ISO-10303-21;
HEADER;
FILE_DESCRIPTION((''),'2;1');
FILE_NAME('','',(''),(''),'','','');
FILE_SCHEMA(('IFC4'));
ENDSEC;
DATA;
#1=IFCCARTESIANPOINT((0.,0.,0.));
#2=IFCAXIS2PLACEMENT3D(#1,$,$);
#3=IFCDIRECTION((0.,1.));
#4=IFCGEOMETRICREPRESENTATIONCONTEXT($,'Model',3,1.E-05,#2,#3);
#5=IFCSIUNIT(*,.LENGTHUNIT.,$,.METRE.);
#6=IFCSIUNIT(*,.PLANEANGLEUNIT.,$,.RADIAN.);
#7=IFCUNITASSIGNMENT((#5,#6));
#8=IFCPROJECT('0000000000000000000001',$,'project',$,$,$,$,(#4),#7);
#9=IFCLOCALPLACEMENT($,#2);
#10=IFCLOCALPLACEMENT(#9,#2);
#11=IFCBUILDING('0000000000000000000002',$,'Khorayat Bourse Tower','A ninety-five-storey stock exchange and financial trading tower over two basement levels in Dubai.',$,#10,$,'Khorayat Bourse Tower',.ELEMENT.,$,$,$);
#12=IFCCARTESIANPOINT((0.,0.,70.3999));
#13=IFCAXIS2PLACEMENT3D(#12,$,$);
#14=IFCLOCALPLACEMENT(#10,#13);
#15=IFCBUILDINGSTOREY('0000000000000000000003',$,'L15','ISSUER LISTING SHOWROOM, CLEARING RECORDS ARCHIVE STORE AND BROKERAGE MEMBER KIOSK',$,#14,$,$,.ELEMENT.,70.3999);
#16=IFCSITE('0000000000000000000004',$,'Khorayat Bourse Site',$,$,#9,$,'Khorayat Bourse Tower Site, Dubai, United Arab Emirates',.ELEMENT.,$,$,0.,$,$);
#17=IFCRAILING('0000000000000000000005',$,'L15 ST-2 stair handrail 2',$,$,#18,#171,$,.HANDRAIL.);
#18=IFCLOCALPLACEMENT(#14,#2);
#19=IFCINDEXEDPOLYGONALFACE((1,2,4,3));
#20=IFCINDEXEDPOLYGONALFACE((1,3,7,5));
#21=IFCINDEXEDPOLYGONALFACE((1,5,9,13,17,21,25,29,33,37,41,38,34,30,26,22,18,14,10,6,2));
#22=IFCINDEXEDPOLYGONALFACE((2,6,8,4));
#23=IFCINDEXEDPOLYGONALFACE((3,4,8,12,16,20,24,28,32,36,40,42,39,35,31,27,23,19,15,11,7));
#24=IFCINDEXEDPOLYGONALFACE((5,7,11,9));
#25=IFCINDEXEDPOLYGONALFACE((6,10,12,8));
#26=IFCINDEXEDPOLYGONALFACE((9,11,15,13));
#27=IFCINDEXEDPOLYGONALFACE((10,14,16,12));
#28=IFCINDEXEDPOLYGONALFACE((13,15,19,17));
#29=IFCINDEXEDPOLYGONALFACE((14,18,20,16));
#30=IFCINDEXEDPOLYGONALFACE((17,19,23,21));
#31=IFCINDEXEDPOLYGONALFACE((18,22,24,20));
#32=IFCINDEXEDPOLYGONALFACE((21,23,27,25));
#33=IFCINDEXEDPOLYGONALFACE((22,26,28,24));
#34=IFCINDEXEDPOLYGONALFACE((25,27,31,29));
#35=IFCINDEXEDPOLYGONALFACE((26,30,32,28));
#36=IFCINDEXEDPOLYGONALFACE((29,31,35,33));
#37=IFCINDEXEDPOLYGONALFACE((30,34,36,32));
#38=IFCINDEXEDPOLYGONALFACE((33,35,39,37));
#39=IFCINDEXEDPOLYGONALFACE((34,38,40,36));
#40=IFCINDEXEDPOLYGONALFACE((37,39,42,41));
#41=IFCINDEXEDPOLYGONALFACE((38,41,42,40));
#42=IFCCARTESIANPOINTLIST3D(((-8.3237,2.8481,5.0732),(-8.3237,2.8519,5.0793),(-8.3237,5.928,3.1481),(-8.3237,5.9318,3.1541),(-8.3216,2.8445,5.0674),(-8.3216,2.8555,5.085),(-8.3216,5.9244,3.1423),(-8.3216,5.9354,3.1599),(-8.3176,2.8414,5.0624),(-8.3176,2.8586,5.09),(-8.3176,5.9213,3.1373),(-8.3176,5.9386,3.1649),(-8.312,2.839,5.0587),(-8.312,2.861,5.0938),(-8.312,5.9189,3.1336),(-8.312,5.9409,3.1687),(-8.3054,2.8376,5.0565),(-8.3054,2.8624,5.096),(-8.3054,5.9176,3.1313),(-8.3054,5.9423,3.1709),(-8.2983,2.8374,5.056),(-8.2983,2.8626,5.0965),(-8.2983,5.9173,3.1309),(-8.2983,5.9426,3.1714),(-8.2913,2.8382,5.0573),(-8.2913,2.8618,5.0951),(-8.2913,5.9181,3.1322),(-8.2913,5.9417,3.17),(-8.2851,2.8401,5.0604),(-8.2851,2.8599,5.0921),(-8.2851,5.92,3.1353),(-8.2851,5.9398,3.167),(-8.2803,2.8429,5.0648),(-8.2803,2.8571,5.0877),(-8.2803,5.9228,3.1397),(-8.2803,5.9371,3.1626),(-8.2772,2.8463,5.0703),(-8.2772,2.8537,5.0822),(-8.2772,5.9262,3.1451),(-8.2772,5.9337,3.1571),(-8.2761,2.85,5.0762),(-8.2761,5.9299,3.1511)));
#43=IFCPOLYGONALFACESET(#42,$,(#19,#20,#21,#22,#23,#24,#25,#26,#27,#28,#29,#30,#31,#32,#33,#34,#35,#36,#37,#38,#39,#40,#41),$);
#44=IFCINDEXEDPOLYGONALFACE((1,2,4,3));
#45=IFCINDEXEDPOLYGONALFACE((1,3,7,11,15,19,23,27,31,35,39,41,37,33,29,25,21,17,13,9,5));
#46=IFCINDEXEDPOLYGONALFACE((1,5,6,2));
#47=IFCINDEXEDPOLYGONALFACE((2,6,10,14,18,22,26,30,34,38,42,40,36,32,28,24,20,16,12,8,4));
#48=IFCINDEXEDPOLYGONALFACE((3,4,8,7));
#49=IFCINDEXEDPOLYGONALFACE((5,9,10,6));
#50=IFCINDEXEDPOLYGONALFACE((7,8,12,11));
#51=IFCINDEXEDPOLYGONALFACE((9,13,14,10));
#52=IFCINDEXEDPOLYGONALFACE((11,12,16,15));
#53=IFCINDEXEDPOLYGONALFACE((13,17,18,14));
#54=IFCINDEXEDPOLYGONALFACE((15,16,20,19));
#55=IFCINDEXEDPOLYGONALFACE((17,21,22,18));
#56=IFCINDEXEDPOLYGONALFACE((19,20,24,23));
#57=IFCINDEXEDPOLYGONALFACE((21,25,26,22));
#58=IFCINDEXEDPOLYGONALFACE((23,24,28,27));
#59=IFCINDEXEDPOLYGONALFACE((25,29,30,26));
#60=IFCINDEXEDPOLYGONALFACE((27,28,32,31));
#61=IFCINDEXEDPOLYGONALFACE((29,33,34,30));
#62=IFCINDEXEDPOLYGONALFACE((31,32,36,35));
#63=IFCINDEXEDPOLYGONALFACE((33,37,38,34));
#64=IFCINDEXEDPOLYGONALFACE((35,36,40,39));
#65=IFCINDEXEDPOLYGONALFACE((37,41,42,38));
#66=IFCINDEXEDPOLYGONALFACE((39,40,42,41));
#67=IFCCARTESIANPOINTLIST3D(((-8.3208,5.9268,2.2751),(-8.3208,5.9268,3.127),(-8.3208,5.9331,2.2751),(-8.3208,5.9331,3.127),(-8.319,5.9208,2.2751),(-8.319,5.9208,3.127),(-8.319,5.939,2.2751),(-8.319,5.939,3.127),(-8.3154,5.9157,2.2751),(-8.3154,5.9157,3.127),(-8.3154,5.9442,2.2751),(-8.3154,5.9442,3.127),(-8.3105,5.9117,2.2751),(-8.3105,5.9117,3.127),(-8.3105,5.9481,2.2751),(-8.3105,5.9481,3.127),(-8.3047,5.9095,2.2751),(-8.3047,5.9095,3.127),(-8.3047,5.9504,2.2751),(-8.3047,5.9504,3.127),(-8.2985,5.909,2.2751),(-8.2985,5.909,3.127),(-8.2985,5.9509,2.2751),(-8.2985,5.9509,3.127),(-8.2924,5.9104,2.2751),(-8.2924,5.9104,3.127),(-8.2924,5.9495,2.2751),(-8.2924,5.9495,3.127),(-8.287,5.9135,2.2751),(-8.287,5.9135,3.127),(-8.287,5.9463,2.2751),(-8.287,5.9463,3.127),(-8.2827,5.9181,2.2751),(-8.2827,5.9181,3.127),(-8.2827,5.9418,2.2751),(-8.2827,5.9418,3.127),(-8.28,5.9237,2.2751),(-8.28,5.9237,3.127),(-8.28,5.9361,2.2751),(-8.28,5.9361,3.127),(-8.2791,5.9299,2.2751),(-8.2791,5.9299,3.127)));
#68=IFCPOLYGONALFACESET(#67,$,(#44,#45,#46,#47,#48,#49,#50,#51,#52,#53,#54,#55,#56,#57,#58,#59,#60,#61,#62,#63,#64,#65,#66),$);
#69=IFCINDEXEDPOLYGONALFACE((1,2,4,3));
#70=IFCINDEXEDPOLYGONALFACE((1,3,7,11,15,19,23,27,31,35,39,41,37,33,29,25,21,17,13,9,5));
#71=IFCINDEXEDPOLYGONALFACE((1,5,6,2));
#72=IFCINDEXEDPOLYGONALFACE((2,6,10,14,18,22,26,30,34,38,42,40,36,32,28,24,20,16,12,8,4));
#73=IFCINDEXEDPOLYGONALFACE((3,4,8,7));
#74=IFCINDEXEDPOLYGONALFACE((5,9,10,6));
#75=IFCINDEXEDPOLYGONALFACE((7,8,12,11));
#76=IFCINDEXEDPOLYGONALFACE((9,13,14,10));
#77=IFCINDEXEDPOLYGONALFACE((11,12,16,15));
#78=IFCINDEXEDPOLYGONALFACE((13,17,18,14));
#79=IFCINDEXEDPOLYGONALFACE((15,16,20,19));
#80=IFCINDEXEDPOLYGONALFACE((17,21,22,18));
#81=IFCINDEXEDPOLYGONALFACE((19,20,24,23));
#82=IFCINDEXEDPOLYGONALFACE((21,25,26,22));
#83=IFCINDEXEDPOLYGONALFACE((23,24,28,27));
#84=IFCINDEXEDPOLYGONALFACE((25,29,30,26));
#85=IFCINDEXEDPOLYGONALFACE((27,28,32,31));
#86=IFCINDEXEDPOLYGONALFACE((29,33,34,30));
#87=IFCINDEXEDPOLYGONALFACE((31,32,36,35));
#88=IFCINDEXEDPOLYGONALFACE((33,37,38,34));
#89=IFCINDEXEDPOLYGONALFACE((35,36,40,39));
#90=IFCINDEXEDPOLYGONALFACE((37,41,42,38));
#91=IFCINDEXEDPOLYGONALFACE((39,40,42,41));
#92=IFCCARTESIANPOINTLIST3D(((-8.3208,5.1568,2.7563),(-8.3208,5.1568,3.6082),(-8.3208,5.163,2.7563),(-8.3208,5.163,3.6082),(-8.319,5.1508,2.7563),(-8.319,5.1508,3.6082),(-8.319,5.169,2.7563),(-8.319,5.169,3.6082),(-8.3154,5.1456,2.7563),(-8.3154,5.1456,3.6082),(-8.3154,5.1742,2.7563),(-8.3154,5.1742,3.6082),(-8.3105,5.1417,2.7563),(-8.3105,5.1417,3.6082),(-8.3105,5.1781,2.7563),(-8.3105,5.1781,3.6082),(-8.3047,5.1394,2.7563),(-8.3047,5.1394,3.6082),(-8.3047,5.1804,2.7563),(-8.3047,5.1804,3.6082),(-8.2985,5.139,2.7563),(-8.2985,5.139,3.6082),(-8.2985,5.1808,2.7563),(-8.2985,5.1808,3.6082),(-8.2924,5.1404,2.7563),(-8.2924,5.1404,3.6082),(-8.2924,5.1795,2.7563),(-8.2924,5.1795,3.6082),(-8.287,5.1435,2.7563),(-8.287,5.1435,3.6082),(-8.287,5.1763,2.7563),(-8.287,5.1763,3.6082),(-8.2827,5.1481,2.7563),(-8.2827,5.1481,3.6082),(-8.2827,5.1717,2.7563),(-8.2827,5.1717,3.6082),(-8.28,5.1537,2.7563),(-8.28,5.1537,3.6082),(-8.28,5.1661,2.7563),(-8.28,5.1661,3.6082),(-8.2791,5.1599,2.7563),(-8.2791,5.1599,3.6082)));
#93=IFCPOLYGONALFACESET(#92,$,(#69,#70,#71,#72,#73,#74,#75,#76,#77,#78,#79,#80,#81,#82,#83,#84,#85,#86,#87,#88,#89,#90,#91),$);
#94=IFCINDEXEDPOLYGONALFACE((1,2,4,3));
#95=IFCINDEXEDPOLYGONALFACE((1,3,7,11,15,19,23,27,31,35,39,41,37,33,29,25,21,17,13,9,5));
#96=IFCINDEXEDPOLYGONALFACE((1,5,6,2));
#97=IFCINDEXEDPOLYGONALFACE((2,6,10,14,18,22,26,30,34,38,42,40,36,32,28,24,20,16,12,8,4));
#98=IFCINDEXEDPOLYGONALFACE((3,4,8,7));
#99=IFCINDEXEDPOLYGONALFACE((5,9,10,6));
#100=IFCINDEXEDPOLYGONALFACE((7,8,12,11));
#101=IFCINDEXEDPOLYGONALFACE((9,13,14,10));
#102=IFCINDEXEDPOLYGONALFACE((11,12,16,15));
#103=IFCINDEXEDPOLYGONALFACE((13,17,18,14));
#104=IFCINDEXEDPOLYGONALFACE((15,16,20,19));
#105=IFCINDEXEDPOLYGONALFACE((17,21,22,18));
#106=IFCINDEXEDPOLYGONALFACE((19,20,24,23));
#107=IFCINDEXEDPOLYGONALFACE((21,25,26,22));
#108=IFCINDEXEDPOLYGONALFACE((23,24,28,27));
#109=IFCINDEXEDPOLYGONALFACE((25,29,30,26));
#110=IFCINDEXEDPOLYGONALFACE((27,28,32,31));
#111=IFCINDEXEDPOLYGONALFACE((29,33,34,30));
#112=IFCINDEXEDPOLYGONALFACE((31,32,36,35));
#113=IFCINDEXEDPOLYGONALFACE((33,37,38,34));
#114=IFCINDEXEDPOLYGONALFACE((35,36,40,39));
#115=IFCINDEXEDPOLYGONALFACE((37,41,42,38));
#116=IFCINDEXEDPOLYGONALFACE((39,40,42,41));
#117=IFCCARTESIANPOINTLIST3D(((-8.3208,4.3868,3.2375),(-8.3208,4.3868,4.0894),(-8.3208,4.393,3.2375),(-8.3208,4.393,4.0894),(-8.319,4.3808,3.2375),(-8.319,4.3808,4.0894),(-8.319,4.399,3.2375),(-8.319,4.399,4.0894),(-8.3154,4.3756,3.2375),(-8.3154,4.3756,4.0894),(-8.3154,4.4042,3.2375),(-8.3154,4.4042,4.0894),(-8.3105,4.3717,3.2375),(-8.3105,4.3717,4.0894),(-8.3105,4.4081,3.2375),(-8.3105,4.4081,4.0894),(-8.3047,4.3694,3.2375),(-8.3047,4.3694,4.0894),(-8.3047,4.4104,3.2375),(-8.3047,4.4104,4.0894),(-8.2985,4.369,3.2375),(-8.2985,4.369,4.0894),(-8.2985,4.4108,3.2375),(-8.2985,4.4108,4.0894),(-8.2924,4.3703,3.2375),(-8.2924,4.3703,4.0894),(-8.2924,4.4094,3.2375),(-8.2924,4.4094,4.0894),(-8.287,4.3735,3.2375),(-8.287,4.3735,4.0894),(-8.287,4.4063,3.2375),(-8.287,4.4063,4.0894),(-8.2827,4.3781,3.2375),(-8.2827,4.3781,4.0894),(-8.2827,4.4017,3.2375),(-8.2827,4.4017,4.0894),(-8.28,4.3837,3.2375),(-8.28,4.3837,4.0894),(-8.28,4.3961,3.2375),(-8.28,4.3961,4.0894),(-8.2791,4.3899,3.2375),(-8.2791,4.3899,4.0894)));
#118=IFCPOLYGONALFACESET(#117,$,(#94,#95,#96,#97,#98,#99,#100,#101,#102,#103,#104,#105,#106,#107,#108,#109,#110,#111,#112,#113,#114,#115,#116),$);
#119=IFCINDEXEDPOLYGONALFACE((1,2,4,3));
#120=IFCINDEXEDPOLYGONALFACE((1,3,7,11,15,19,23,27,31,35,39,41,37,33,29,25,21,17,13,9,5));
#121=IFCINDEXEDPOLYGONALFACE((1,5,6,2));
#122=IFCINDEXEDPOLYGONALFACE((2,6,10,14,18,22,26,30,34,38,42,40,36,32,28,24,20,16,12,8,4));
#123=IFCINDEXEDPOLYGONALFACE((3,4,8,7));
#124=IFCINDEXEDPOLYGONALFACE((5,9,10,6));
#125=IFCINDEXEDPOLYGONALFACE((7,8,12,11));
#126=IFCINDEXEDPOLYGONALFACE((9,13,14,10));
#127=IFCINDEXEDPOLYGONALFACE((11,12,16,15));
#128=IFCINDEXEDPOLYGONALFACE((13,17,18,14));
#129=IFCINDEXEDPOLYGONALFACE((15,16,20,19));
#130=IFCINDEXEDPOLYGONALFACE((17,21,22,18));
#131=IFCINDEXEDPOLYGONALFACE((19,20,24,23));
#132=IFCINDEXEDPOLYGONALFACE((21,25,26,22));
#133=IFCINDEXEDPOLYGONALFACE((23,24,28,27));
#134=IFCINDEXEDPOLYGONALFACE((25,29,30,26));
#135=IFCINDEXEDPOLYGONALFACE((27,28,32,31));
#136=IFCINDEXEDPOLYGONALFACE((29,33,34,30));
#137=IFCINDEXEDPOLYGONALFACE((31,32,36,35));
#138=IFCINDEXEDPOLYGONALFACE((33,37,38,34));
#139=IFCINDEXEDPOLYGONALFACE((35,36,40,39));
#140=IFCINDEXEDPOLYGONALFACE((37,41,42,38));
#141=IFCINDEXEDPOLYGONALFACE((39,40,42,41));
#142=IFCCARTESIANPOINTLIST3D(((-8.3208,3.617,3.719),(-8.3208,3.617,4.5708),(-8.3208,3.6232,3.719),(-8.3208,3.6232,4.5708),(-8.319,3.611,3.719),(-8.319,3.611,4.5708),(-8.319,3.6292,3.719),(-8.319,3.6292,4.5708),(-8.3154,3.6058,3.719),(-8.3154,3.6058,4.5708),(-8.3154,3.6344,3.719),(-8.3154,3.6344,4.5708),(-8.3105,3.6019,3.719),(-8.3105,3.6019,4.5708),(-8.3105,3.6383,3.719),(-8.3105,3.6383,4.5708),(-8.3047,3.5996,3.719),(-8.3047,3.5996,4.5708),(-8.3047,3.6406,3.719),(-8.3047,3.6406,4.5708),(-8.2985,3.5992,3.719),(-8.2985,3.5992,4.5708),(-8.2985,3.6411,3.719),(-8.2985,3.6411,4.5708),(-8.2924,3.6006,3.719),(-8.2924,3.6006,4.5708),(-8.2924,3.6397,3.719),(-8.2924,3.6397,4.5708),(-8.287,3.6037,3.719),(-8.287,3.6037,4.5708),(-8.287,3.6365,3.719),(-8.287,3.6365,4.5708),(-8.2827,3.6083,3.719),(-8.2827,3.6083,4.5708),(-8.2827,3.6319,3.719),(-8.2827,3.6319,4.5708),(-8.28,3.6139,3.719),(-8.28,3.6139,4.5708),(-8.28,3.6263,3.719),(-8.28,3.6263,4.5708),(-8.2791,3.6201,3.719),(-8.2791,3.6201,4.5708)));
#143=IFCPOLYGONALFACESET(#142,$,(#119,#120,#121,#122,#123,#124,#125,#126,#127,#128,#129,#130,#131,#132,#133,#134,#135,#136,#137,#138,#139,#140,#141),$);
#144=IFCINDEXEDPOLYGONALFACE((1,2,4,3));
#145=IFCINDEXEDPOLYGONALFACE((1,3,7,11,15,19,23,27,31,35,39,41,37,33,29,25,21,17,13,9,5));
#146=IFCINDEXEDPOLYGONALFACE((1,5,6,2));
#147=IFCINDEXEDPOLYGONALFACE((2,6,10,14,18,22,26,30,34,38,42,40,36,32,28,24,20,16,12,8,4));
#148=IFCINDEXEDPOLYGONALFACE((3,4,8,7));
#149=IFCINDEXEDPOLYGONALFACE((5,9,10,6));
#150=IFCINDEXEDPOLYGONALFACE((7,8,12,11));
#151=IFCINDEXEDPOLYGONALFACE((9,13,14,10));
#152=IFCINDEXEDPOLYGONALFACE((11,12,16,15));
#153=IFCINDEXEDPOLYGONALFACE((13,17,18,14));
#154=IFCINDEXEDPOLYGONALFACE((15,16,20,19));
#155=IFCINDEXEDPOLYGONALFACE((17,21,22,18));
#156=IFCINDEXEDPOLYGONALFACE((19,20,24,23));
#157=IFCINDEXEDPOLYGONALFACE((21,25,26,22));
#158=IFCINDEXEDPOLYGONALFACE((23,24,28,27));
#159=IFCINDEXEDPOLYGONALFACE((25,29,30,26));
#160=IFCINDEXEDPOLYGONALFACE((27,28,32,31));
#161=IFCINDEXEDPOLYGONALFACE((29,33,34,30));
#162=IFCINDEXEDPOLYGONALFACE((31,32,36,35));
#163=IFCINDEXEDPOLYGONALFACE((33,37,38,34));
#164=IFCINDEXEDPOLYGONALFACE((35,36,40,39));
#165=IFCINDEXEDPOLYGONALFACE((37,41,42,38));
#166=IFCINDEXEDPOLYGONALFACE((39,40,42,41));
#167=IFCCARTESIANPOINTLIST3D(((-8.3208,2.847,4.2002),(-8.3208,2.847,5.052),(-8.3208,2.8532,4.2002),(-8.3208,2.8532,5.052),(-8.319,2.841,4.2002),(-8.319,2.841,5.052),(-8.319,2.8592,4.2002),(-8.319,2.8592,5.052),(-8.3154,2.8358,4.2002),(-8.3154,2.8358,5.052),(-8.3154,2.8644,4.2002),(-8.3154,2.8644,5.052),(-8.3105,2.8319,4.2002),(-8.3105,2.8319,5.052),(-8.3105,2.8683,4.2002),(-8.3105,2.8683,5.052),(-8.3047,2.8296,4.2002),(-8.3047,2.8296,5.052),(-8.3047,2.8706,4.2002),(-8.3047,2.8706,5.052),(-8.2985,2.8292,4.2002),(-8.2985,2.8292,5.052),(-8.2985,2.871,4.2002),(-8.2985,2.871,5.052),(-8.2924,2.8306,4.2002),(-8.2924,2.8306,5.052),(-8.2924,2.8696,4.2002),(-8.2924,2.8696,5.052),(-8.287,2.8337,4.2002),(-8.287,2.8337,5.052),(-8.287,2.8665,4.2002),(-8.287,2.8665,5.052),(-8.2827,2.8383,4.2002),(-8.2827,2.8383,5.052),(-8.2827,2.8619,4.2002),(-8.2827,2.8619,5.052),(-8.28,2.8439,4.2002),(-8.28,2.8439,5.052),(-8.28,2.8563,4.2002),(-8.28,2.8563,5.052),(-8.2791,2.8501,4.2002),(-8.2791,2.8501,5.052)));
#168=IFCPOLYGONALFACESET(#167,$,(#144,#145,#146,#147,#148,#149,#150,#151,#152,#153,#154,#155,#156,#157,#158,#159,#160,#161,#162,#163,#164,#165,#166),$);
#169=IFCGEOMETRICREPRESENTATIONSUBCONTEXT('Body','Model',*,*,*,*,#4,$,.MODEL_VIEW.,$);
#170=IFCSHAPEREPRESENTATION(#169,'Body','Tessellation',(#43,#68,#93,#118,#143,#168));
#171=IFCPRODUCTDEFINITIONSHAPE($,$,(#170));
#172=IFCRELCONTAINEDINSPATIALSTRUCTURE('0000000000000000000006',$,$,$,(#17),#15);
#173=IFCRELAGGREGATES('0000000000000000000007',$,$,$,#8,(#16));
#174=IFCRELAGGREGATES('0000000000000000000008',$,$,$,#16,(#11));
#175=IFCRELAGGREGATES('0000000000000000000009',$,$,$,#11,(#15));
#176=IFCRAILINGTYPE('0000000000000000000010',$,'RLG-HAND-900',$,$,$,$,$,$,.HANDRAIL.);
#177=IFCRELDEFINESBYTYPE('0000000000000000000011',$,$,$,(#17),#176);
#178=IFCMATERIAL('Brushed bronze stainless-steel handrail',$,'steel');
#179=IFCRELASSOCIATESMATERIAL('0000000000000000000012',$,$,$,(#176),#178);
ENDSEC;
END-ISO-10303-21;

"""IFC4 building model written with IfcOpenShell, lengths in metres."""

from ifc_helpers import new_model, si_unit, direction, frame, origin, origin_2d, place, context, subcontext, project, spatial, circle, extrude, source, transform, mapped, material, type_object, element, save


model = new_model("IFC4")

# Units and contexts
model_context = context("Model", 3, precision=1e-05, world=origin(), true_north=direction((0.0, 1.0)))
body_context = subcontext(model_context, "Body", "Model", "MODEL_VIEW")
ifc_project = project(units=[si_unit("LENGTHUNIT", "METRE"), si_unit("PLANEANGLEUNIT", "RADIAN")], contexts=[model_context])

# Site, building, storey
site_placement = place(None, origin())
site = spatial("IfcSite", under=ifc_project, at=site_placement, Name="Khorayat Bourse Site", LongName="Khorayat Bourse Tower Site, Dubai, United Arab Emirates", CompositionType="ELEMENT", RefElevation=0.0)
building_placement = place(site_placement, origin())
building = spatial("IfcBuilding", under=site, at=building_placement, Name="Khorayat Bourse Tower", Description="A ninety-five-storey stock exchange and financial trading tower over two basement levels in Dubai.", LongName="Khorayat Bourse Tower", CompositionType="ELEMENT")
storey_placement = place(building_placement, frame((0.0, 0.0, 70.3999)))
storey = spatial("IfcBuildingStorey", under=building, at=storey_placement, Name="L15", Description="ISSUER LISTING SHOWROOM, CLEARING RECORDS ARCHIVE STORE AND BROKERAGE MEMBER KIOSK", CompositionType="ELEMENT", Elevation=70.3999)

# Railing
ifc_material_1 = material(Name="Brushed bronze stainless-steel handrail", Category="steel")
railing_type_1 = type_object("IfcRailingType", Name="RLG-HAND-900", PredefinedType="HANDRAIL", material=ifc_material_1)
shared_shape_1 = source(origin(), body_context, "Body", "SweptSolid", [
    extrude(circle(Radius=0.0239, at=origin_2d()), frame((0.0, 0.0, 0.876), z_axis=(0.0, -0.847979, 0.530029), x_axis=(1.0, 0.0, 0.0)), (0.0, 0.0, 1.0), 3.6321),
    extrude(circle(Radius=0.021, at=origin_2d()), origin(), (0.0, 0.0, 1.0), 0.8518),
    extrude(circle(Radius=0.021, at=origin_2d()), frame((0.0, -0.77, 0.4812)), (0.0, 0.0, 1.0), 0.8518),
    extrude(circle(Radius=0.021, at=origin_2d()), frame((0.0, -1.54, 0.9624)), (0.0, 0.0, 1.0), 0.8518),
    extrude(circle(Radius=0.021, at=origin_2d()), frame((0.0, -2.3098, 1.4438)), (0.0, 0.0, 1.0), 0.8518),
    extrude(circle(Radius=0.021, at=origin_2d()), frame((0.0, -3.0798, 1.925)), (0.0, 0.0, 1.0), 0.8518),
])
railing_1_placement = place(storey_placement, frame((-8.3, 5.9299, 2.2751)))
element("IfcRailing", 1, at=railing_1_placement, inside=storey, type_object=railing_type_1, Name="L15 ST-2 stair handrail 2", PredefinedType="HANDRAIL", context=body_context, shape_type="MappedRepresentation", body=[
    mapped(shared_shape_1, transform((0.0, 0.0, 0.0), scale=1.0)),
])

save(model, "model.ifc")
